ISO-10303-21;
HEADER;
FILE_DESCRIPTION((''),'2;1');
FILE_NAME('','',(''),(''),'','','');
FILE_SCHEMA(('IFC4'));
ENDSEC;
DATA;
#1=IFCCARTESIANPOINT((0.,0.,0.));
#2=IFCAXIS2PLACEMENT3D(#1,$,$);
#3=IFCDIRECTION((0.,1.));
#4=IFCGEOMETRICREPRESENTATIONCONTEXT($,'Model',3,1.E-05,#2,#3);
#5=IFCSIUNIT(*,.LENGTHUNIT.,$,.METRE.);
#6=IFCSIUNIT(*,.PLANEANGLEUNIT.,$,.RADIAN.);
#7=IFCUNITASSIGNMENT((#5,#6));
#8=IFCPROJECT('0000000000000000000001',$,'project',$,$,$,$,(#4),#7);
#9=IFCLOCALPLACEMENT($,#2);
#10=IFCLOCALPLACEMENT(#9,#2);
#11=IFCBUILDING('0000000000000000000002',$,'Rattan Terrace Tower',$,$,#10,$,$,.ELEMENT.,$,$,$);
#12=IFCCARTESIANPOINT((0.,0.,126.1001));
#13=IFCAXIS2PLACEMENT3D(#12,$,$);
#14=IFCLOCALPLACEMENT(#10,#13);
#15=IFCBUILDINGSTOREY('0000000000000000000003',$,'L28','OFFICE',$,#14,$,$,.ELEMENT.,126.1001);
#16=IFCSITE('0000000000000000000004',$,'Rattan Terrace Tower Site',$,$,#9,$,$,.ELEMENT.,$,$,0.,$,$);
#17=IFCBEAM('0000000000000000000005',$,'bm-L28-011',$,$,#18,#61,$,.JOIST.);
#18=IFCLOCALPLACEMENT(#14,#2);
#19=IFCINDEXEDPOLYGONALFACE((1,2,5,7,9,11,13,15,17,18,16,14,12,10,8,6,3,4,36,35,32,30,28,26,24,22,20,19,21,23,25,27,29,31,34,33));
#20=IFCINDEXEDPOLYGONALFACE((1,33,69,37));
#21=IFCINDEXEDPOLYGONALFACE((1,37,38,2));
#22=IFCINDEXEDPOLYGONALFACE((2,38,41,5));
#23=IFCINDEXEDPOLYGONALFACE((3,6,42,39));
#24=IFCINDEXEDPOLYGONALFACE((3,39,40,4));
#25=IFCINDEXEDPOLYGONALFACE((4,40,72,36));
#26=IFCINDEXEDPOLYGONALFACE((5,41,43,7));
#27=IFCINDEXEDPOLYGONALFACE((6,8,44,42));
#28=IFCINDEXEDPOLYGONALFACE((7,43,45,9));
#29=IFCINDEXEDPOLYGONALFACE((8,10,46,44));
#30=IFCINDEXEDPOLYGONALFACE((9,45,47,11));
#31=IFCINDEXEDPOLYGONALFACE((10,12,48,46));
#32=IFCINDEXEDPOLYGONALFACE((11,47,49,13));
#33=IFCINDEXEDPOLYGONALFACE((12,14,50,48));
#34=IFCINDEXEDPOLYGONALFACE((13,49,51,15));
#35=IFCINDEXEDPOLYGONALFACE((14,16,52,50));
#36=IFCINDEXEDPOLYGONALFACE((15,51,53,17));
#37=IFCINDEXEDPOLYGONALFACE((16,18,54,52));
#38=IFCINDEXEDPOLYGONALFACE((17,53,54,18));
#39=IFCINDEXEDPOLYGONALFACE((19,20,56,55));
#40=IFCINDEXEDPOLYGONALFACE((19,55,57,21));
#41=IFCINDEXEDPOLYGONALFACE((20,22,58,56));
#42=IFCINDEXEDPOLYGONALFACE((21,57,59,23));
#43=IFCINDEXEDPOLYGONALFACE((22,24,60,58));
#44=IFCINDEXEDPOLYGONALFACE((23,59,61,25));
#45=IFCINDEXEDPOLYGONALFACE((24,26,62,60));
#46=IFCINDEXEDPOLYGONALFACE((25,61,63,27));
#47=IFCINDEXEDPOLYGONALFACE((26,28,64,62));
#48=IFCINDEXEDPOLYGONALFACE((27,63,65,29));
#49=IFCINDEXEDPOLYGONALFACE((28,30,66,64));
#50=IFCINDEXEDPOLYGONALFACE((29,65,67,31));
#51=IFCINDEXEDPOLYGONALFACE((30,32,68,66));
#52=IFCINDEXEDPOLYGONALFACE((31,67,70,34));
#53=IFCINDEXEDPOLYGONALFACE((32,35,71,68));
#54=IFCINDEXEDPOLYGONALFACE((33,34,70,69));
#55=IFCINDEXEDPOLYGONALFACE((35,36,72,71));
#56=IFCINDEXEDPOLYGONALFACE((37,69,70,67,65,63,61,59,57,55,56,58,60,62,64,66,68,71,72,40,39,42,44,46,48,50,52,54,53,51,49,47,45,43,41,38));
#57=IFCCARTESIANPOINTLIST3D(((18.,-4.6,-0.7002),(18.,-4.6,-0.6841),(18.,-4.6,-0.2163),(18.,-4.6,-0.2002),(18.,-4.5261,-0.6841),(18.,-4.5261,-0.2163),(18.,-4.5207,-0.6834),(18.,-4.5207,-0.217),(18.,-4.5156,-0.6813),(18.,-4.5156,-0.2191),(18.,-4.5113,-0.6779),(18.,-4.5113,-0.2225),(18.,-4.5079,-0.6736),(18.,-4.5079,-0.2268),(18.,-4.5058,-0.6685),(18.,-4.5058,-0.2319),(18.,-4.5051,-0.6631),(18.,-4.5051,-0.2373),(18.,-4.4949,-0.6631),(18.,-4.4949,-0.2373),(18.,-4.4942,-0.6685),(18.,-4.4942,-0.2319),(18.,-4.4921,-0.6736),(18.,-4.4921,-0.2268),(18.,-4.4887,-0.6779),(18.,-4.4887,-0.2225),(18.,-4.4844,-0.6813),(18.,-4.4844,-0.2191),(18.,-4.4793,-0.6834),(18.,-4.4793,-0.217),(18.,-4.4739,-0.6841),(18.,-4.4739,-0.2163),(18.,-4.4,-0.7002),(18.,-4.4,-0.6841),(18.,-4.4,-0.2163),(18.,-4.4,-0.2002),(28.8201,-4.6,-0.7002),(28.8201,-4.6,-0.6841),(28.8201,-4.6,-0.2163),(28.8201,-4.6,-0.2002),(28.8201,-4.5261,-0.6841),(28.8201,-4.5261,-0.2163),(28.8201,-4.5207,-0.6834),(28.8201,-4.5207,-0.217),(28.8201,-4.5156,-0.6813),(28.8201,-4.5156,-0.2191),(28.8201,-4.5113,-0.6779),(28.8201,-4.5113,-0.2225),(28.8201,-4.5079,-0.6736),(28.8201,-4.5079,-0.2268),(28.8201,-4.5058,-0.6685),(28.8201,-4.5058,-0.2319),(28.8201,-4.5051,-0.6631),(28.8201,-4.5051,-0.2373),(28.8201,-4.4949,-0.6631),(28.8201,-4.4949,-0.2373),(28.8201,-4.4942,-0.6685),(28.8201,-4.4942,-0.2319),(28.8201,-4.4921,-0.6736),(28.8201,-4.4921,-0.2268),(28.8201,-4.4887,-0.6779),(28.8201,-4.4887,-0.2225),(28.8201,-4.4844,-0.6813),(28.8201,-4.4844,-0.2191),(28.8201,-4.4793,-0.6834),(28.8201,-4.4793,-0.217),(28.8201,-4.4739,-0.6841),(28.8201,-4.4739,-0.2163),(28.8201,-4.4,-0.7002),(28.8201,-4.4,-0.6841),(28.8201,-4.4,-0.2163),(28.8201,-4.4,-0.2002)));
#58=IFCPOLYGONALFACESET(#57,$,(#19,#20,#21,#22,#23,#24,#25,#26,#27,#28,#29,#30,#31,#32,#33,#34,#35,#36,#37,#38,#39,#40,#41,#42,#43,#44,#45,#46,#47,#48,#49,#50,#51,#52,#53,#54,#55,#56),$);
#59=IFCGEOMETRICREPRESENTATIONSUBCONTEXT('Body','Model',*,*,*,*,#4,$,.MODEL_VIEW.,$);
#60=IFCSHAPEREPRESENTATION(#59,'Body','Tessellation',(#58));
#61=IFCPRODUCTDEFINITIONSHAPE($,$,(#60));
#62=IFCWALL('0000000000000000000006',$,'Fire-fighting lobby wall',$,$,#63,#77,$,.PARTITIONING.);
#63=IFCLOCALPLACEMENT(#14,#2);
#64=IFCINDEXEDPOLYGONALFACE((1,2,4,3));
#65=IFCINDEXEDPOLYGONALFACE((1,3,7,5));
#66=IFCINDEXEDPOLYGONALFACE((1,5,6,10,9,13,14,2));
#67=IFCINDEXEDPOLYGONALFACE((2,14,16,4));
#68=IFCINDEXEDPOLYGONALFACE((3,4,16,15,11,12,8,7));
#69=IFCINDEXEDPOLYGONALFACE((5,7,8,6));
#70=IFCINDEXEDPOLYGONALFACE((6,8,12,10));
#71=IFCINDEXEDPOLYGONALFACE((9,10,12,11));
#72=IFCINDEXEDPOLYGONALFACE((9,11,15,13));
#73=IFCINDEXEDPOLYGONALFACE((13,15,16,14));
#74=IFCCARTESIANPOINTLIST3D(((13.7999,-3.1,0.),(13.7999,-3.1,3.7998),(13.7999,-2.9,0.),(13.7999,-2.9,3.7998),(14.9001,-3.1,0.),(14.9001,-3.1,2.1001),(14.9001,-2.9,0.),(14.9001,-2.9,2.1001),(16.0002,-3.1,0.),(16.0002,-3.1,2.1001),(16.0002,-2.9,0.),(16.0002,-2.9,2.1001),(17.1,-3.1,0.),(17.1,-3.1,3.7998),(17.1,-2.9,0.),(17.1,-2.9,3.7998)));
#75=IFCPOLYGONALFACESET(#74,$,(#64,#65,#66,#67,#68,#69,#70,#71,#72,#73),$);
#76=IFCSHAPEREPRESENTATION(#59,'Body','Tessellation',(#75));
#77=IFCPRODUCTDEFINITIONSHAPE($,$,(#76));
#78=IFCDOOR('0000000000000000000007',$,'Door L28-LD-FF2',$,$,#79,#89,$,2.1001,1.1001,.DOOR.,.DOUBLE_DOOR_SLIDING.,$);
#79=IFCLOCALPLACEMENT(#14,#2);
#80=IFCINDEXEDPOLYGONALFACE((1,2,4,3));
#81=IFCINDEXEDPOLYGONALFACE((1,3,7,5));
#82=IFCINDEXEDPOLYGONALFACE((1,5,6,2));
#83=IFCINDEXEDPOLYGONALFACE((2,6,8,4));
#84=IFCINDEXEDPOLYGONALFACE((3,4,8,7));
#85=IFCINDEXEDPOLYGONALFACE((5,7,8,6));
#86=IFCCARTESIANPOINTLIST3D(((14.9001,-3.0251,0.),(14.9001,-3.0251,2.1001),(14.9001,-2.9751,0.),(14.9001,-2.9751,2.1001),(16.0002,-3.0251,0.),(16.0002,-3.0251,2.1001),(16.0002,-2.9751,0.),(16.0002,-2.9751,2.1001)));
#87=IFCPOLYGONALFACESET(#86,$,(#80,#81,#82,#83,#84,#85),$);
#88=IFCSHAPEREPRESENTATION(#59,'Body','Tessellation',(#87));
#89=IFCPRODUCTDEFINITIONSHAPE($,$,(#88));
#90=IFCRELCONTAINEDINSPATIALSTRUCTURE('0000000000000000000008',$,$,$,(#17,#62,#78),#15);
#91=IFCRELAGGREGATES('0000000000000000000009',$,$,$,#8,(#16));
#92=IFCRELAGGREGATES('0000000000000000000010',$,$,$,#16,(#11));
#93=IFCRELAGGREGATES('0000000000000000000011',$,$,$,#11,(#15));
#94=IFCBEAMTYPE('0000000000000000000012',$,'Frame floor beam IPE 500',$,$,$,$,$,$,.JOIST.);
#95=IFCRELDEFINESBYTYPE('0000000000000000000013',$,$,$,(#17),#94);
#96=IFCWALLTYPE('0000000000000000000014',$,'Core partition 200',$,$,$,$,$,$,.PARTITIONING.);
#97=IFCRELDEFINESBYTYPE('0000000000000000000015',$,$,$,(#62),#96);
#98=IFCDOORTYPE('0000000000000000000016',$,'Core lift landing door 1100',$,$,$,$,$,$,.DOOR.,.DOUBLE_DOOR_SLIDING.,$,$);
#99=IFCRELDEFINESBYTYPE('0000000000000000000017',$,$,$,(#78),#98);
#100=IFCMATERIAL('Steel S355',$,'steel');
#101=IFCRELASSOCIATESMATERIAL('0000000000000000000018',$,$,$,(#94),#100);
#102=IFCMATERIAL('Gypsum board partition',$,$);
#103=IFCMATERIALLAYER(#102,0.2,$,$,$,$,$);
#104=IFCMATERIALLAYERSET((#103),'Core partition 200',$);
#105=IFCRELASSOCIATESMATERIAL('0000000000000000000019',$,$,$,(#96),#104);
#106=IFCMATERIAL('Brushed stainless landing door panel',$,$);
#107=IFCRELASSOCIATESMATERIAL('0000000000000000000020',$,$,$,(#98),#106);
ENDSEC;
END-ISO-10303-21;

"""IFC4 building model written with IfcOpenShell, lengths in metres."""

from ifc_helpers import new_model, si_unit, direction, frame, frame_2d, origin, origin_2d, place, context, subcontext, project, spatial, rectangle, i_section, extrude, material, layer, layer_set, material_profile, profile_set, type_object, element, fill, save


model = new_model("IFC4")

# Units and contexts
model_context = context("Model", 3, precision=1e-05, world=origin(), true_north=direction((0.0, 1.0)))
body_context = subcontext(model_context, "Body", "Model", "MODEL_VIEW")
ifc_project = project(units=[si_unit("LENGTHUNIT", "METRE"), si_unit("PLANEANGLEUNIT", "RADIAN")], contexts=[model_context])

# Site, building, storey
site_placement = place(None, origin())
site = spatial("IfcSite", under=ifc_project, at=site_placement, Name="Rattan Terrace Tower Site", CompositionType="ELEMENT", RefElevation=0.0)
building_placement = place(site_placement, origin())
building = spatial("IfcBuilding", under=site, at=building_placement, Name="Rattan Terrace Tower", CompositionType="ELEMENT")
storey_placement = place(building_placement, frame((0.0, 0.0, 126.1001)))
storey = spatial("IfcBuildingStorey", under=building, at=storey_placement, Name="L28", Description="OFFICE", CompositionType="ELEMENT", Elevation=126.1001)

# Beam
ifc_material_1 = material(Name="Steel S355", Category="steel")
ifc_material_profile = material_profile(ifc_material_1, i_section(OverallWidth=0.2, OverallDepth=0.5, WebThickness=0.0103, FlangeThickness=0.0161, FilletRadius=0.021, at=origin_2d()), Name="IPE 500")
ifc_profile_set = profile_set([ifc_material_profile], Name="Steel S355")
beam_type = type_object("IfcBeamType", Name="Frame floor beam IPE 500", PredefinedType="JOIST", material=ifc_profile_set)
beam_placement = place(storey_placement, frame((18.0, -4.5, -0.4502), z_axis=(1.0, 0.0, 0.0), x_axis=(0.0, 1.0, 0.0)))
element("IfcBeam", 1, at=beam_placement, inside=storey, type_object=beam_type, Name="bm-L28-011", PredefinedType="JOIST", context=body_context, shape_type="SweptSolid", body=[
    extrude(i_section(OverallWidth=0.2, OverallDepth=0.5, WebThickness=0.0103, FlangeThickness=0.0161, FilletRadius=0.021, at=origin_2d()), origin(), (0.0, 0.0, 1.0), 10.8201),
])

# Wall, opening, door
ifc_material_2 = material(Name="Gypsum board partition")
ifc_layer_1 = layer(ifc_material_2, 0.2)
ifc_layer_set_1 = layer_set([ifc_layer_1], Name="Core partition 200")
wall_type_1 = type_object("IfcWallType", Name="Core partition 200", PredefinedType="PARTITIONING", material=ifc_layer_set_1)
wall_1_placement = place(storey_placement, frame((13.8, -3.0, 0.0), z_axis=(0.0, 0.0, 1.0), x_axis=(1.0, 0.0, 0.0)))
wall_1 = element("IfcWall", 2, at=wall_1_placement, inside=storey, type_object=wall_type_1, Name="Fire-fighting lobby wall", PredefinedType="PARTITIONING", context=body_context, shape_type="SweptSolid", body=[
    extrude(rectangle(XDim=3.3, YDim=0.2, at=frame_2d((1.6499, 0.0))), origin(), (0.0, 0.0, 1.0), 3.7998),
])
opening_1_placement = place(wall_1_placement, frame((1.1001, 0.0, 0.0)))
opening_1 = element("IfcOpeningElement", 3, at=opening_1_placement, cuts=wall_1, PredefinedType="OPENING", context=body_context, shape_type="SweptSolid", body=[
    extrude(rectangle(XDim=1.1001, YDim=2.1001, at=frame_2d((0.55, 1.05))), frame((0.0, 0.1106, 0.0), z_axis=(0.0, -1.0, 0.0), x_axis=(1.0, 0.0, 0.0)), (0.0, 0.0, 1.0), 0.2209),
])
ifc_material_3 = material(Name="Brushed stainless landing door panel")
door_type_1 = type_object("IfcDoorType", Name="Core lift landing door 1100", OperationType="DOUBLE_DOOR_SLIDING", PredefinedType="DOOR", material=ifc_material_3)
door_1_placement = place(opening_1_placement, origin())
door_1 = element("IfcDoor", 4, at=door_1_placement, inside=storey, type_object=door_type_1, Name="Door L28-LD-FF2", OperationType="DOUBLE_DOOR_SLIDING", OverallHeight=2.1001, OverallWidth=1.1001, PredefinedType="DOOR", context=body_context, shape_type="SweptSolid", body=[
    extrude(rectangle(XDim=1.1001, YDim=2.1001, at=frame_2d((0.55, 1.05))), frame((0.0, 0.0249, 0.0), z_axis=(0.0, -1.0, 0.0), x_axis=(1.0, 0.0, 0.0)), (0.0, 0.0, 1.0), 0.05),
])
fill(opening_1, door_1)

save(model, "model.ifc")
